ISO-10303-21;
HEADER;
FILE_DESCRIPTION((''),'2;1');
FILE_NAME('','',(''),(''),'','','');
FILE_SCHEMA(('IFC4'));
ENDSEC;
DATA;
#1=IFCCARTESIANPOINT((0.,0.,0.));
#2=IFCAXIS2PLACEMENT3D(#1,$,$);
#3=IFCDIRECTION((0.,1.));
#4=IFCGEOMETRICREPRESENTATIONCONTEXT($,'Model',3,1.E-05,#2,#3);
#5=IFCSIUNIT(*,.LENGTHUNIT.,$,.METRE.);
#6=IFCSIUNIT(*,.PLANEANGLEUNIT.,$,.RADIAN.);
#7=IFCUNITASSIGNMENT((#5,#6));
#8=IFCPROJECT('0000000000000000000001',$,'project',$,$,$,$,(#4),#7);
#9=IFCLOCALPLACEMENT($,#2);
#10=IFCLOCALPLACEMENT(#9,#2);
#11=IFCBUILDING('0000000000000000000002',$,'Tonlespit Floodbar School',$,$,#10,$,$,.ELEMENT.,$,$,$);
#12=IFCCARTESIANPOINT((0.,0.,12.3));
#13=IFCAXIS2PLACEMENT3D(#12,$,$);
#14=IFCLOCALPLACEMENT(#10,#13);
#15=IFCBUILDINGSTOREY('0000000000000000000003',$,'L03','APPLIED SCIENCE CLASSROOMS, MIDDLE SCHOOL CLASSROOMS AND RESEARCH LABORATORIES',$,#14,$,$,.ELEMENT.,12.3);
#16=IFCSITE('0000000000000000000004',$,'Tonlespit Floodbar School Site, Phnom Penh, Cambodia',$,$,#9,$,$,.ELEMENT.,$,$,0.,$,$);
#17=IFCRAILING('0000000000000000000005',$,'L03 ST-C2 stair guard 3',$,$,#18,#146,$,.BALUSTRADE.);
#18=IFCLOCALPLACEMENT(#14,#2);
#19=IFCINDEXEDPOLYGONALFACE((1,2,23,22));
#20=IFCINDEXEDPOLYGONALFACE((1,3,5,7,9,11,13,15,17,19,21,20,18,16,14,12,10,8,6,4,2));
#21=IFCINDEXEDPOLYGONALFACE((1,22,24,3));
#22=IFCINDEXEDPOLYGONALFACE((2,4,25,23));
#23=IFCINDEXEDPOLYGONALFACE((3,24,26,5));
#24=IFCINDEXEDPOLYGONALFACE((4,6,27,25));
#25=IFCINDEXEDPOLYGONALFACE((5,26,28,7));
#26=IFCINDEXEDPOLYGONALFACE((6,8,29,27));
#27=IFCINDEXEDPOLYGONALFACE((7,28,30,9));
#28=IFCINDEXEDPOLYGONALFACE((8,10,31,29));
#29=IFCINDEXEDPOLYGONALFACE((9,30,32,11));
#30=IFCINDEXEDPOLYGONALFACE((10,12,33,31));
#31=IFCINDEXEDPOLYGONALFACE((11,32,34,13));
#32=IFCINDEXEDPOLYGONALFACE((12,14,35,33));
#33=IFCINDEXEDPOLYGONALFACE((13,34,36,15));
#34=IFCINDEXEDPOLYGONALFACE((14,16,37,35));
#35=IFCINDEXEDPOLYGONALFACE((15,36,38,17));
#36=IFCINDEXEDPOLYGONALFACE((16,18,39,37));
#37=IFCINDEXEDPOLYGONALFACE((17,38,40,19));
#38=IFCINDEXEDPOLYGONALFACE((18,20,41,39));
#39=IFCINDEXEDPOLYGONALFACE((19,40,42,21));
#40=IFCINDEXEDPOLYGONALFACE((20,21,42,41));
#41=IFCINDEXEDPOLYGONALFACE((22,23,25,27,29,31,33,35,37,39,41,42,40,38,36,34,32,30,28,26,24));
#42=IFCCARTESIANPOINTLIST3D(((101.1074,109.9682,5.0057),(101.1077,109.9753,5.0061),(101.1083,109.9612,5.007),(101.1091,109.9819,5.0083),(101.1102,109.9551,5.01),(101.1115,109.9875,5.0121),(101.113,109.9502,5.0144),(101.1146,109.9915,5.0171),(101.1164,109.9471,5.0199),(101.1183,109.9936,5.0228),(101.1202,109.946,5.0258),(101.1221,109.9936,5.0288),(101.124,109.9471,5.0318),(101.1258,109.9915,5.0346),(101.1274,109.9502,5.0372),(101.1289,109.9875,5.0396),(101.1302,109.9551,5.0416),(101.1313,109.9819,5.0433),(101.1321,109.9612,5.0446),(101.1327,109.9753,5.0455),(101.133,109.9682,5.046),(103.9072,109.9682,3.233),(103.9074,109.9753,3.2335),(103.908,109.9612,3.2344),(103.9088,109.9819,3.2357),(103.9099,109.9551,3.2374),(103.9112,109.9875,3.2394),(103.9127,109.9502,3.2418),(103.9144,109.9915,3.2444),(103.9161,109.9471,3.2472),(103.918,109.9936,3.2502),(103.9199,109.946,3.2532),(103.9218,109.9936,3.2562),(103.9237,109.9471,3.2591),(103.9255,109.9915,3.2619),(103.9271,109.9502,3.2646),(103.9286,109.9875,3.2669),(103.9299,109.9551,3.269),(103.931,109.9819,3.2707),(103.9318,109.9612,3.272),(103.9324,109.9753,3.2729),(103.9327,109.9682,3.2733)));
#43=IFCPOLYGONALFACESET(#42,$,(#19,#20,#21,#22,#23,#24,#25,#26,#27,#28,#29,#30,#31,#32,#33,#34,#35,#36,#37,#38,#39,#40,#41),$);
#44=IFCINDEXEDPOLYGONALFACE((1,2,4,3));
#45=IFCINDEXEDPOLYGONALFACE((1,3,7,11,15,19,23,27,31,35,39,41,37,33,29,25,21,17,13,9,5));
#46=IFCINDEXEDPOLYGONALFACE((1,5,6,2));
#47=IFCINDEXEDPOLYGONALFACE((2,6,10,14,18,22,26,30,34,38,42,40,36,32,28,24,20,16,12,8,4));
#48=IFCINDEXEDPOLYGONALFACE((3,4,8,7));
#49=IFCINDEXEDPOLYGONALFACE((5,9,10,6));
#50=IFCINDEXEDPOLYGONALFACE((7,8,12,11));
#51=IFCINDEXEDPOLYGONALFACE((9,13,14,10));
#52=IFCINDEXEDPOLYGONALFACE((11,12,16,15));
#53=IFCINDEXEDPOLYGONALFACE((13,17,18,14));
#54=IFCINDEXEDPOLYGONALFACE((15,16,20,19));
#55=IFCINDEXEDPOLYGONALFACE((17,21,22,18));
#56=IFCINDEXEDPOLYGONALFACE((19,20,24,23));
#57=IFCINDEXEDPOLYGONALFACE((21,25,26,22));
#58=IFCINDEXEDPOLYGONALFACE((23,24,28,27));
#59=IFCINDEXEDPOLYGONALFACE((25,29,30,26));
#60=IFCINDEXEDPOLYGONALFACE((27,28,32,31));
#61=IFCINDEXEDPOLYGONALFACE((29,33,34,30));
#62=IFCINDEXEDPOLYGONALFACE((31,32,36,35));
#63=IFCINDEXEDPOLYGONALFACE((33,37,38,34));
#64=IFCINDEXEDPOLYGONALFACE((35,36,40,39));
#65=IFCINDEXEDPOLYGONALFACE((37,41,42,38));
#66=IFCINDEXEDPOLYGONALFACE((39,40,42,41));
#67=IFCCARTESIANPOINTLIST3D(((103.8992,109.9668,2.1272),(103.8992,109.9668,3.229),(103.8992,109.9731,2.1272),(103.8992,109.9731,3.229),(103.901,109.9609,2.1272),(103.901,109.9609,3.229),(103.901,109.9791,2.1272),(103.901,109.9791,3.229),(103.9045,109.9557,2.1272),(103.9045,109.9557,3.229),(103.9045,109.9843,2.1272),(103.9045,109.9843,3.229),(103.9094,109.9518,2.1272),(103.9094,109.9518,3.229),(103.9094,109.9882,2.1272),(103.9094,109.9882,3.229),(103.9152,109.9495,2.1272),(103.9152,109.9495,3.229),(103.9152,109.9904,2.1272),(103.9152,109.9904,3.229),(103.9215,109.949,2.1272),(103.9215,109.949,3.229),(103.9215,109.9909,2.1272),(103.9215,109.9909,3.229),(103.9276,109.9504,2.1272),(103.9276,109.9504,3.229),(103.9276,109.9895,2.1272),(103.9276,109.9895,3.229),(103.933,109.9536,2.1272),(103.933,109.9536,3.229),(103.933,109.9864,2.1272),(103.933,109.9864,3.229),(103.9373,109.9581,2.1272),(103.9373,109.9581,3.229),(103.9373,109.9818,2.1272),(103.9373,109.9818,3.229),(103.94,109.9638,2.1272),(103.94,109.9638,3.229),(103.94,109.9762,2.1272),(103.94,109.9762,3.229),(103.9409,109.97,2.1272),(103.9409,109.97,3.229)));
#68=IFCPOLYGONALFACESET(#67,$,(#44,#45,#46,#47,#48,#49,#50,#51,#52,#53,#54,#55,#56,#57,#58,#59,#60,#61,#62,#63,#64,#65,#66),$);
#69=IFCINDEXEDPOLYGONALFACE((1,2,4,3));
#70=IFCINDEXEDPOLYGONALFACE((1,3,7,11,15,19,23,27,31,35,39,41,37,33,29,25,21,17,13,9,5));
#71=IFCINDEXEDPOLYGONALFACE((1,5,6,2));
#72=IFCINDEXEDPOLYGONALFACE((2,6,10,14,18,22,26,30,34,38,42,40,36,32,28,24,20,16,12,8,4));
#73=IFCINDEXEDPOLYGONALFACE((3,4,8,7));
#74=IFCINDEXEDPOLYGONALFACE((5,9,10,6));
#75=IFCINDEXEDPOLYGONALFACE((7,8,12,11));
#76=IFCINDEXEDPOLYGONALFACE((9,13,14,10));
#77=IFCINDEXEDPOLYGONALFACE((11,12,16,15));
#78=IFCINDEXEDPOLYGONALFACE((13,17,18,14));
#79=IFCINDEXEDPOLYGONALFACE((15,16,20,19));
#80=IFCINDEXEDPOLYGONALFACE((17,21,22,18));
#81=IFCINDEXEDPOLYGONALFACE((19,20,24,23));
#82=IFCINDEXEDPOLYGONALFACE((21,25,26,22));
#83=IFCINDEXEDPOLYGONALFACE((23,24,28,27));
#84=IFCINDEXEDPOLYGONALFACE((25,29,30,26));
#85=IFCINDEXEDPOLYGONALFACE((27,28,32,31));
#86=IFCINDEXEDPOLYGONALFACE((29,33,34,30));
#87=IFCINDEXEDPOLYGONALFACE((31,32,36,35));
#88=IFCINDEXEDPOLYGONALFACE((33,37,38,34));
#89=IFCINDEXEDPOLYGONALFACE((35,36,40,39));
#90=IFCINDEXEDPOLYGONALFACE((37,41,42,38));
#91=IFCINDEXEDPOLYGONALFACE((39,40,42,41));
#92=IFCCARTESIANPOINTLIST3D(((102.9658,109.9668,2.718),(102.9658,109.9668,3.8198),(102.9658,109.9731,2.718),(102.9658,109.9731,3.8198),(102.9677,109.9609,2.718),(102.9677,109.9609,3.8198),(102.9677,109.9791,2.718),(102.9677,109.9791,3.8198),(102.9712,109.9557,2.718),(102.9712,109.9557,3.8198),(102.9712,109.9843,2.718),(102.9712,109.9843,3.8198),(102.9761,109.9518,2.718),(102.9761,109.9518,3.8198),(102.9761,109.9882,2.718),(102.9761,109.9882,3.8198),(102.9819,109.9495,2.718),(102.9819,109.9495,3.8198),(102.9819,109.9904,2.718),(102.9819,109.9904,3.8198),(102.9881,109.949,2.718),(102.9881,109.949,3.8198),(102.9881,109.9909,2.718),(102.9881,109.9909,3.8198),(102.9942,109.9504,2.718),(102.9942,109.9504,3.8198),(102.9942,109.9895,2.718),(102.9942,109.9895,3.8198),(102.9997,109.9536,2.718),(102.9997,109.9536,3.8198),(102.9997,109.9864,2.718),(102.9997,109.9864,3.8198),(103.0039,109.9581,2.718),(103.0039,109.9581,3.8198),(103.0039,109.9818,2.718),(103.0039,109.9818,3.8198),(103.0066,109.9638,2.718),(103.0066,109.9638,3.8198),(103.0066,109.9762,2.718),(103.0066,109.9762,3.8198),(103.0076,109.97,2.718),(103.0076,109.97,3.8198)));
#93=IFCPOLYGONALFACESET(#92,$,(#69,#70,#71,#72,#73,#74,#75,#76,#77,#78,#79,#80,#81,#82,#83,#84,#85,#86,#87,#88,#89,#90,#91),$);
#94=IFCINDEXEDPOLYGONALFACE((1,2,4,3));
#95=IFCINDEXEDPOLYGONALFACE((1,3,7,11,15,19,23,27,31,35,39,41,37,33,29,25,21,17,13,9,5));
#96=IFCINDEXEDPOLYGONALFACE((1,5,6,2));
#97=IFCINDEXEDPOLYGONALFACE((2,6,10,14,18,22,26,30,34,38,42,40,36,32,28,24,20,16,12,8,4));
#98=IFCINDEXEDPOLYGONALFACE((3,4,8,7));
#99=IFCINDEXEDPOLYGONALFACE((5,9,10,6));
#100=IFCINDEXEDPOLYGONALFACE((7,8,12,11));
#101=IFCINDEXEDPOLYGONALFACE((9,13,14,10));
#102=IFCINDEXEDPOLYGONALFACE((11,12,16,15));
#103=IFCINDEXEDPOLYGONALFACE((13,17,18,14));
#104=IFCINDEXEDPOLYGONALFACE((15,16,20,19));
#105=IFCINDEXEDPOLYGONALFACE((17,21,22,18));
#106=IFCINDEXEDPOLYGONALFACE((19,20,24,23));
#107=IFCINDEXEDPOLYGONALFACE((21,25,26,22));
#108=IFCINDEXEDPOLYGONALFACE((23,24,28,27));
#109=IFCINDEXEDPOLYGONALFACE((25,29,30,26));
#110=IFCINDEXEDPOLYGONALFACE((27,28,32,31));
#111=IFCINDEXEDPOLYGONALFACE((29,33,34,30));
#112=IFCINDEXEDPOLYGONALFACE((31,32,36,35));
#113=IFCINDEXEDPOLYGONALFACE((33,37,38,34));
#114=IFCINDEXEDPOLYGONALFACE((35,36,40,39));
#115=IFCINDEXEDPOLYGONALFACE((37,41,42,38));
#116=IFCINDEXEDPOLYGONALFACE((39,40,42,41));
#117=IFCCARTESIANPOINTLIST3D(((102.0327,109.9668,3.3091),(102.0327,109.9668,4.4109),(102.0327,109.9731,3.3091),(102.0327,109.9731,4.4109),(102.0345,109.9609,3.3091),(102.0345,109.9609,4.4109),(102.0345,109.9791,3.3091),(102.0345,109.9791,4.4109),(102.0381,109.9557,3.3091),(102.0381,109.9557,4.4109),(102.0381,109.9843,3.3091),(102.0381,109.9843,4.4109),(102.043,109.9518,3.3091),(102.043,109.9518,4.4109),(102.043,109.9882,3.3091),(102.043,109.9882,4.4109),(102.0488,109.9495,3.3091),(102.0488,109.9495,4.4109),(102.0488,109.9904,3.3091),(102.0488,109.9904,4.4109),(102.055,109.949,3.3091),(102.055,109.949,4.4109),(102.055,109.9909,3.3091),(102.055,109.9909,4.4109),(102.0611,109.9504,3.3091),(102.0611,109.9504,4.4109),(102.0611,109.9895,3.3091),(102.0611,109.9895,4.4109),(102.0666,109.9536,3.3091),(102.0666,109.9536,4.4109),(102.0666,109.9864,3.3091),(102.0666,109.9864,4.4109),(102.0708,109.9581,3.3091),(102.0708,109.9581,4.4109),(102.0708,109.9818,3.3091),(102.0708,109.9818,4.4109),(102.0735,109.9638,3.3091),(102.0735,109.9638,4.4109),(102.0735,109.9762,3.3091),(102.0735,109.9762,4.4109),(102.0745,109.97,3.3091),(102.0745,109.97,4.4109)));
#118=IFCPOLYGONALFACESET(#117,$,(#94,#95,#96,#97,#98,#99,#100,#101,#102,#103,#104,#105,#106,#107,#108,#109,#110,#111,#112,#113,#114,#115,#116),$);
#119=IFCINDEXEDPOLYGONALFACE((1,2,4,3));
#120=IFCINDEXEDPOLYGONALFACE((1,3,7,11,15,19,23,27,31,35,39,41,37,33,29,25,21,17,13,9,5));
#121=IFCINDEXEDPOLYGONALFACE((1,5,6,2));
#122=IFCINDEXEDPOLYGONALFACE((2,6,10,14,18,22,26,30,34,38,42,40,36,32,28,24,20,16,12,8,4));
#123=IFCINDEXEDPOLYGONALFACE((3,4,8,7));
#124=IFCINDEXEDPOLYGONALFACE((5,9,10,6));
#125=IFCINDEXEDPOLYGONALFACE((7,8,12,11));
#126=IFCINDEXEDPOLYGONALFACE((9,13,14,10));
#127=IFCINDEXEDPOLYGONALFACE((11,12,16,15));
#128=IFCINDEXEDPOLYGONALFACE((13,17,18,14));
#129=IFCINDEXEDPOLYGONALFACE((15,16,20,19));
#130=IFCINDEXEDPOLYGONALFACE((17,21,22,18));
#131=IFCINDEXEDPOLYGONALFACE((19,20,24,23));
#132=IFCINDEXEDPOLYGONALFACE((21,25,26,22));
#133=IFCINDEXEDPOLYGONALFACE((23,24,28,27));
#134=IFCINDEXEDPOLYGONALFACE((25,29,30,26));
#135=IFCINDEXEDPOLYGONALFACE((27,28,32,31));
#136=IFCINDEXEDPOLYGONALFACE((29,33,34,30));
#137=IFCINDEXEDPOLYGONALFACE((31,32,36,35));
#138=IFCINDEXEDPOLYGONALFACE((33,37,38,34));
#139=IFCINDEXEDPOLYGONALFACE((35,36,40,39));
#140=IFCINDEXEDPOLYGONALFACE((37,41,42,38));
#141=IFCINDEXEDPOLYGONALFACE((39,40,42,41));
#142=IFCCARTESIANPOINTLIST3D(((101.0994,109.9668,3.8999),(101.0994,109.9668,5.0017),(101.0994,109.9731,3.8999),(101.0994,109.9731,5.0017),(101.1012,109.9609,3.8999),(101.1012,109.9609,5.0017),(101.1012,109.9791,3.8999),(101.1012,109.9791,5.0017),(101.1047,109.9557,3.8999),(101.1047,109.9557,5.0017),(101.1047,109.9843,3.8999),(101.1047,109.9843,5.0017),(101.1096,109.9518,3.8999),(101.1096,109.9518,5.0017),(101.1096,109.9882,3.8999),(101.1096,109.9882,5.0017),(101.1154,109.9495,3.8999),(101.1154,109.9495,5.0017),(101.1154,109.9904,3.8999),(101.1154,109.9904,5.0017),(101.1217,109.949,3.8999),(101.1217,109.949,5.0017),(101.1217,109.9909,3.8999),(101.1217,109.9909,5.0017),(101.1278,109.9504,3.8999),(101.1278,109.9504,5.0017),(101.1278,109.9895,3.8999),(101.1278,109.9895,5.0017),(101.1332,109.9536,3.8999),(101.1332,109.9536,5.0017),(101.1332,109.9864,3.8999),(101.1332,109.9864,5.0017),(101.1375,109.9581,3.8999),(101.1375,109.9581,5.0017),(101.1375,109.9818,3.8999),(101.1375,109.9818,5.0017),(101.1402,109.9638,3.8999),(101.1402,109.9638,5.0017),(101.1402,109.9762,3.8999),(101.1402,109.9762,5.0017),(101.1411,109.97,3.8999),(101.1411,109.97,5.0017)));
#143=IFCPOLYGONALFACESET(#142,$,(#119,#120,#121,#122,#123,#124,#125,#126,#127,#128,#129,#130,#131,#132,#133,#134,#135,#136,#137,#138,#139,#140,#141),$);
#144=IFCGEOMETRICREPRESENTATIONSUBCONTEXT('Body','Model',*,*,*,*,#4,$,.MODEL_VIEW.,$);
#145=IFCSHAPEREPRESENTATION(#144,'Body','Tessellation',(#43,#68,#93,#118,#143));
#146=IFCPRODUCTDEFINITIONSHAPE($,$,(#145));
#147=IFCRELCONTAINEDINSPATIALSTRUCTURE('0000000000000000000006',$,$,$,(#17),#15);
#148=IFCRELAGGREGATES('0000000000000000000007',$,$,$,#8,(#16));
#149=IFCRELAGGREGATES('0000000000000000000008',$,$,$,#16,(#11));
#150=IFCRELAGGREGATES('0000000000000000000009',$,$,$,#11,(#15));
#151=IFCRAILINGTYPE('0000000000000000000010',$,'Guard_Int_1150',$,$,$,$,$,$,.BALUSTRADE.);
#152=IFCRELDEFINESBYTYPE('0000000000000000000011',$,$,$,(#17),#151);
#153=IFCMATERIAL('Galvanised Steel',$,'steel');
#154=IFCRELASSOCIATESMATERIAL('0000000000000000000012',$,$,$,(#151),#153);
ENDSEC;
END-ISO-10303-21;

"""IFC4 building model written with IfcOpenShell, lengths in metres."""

from ifc_helpers import new_model, si_unit, direction, frame, origin, origin_2d, place, context, subcontext, project, spatial, circle, extrude, material, type_object, element, save


model = new_model("IFC4")

# Units and contexts
model_context = context("Model", 3, precision=1e-05, world=origin(), true_north=direction((0.0, 1.0)))
body_context = subcontext(model_context, "Body", "Model", "MODEL_VIEW")
ifc_project = project(units=[si_unit("LENGTHUNIT", "METRE"), si_unit("PLANEANGLEUNIT", "RADIAN")], contexts=[model_context])

# Site, building, storey
site_placement = place(None, origin())
site = spatial("IfcSite", under=ifc_project, at=site_placement, Name="Tonlespit Floodbar School Site, Phnom Penh, Cambodia", CompositionType="ELEMENT", RefElevation=0.0)
building_placement = place(site_placement, origin())
building = spatial("IfcBuilding", under=site, at=building_placement, Name="Tonlespit Floodbar School", CompositionType="ELEMENT")
storey_placement = place(building_placement, frame((0.0, 0.0, 12.3)))
storey = spatial("IfcBuildingStorey", under=building, at=storey_placement, Name="L03", Description="APPLIED SCIENCE CLASSROOMS, MIDDLE SCHOOL CLASSROOMS AND RESEARCH LABORATORIES", CompositionType="ELEMENT", Elevation=12.3)

# Railing
ifc_material_1 = material(Name="Galvanised Steel", Category="steel")
railing_type_1 = type_object("IfcRailingType", Name="Guard_Int_1150", PredefinedType="BALUSTRADE", material=ifc_material_1)
railing_1_placement = place(storey_placement, frame((103.9199, 109.97, 2.1272)))
element("IfcRailing", 1, at=railing_1_placement, inside=storey, type_object=railing_type_1, Name="L03 ST-C2 stair guard 3", PredefinedType="BALUSTRADE", context=body_context, shape_type="SweptSolid", body=[
    extrude(circle(Radius=0.0239, at=origin_2d()), frame((0.0, 0.0, 1.126), z_axis=(-0.844888, 0.0, 0.534943), x_axis=(0.0, -1.0, 0.0)), (0.0, 0.0, 1.0), 3.3137),
    extrude(circle(Radius=0.021, at=origin_2d()), origin(), (0.0, 0.0, 1.0), 1.1018),
    extrude(circle(Radius=0.021, at=origin_2d()), frame((-0.9333, 0.0, 0.5908)), (0.0, 0.0, 1.0), 1.1018),
    extrude(circle(Radius=0.021, at=origin_2d()), frame((-1.8665, 0.0, 1.1819)), (0.0, 0.0, 1.0), 1.1018),
    extrude(circle(Radius=0.021, at=origin_2d()), frame((-2.7998, 0.0, 1.7727)), (0.0, 0.0, 1.0), 1.1018),
])

save(model, "model.ifc")
